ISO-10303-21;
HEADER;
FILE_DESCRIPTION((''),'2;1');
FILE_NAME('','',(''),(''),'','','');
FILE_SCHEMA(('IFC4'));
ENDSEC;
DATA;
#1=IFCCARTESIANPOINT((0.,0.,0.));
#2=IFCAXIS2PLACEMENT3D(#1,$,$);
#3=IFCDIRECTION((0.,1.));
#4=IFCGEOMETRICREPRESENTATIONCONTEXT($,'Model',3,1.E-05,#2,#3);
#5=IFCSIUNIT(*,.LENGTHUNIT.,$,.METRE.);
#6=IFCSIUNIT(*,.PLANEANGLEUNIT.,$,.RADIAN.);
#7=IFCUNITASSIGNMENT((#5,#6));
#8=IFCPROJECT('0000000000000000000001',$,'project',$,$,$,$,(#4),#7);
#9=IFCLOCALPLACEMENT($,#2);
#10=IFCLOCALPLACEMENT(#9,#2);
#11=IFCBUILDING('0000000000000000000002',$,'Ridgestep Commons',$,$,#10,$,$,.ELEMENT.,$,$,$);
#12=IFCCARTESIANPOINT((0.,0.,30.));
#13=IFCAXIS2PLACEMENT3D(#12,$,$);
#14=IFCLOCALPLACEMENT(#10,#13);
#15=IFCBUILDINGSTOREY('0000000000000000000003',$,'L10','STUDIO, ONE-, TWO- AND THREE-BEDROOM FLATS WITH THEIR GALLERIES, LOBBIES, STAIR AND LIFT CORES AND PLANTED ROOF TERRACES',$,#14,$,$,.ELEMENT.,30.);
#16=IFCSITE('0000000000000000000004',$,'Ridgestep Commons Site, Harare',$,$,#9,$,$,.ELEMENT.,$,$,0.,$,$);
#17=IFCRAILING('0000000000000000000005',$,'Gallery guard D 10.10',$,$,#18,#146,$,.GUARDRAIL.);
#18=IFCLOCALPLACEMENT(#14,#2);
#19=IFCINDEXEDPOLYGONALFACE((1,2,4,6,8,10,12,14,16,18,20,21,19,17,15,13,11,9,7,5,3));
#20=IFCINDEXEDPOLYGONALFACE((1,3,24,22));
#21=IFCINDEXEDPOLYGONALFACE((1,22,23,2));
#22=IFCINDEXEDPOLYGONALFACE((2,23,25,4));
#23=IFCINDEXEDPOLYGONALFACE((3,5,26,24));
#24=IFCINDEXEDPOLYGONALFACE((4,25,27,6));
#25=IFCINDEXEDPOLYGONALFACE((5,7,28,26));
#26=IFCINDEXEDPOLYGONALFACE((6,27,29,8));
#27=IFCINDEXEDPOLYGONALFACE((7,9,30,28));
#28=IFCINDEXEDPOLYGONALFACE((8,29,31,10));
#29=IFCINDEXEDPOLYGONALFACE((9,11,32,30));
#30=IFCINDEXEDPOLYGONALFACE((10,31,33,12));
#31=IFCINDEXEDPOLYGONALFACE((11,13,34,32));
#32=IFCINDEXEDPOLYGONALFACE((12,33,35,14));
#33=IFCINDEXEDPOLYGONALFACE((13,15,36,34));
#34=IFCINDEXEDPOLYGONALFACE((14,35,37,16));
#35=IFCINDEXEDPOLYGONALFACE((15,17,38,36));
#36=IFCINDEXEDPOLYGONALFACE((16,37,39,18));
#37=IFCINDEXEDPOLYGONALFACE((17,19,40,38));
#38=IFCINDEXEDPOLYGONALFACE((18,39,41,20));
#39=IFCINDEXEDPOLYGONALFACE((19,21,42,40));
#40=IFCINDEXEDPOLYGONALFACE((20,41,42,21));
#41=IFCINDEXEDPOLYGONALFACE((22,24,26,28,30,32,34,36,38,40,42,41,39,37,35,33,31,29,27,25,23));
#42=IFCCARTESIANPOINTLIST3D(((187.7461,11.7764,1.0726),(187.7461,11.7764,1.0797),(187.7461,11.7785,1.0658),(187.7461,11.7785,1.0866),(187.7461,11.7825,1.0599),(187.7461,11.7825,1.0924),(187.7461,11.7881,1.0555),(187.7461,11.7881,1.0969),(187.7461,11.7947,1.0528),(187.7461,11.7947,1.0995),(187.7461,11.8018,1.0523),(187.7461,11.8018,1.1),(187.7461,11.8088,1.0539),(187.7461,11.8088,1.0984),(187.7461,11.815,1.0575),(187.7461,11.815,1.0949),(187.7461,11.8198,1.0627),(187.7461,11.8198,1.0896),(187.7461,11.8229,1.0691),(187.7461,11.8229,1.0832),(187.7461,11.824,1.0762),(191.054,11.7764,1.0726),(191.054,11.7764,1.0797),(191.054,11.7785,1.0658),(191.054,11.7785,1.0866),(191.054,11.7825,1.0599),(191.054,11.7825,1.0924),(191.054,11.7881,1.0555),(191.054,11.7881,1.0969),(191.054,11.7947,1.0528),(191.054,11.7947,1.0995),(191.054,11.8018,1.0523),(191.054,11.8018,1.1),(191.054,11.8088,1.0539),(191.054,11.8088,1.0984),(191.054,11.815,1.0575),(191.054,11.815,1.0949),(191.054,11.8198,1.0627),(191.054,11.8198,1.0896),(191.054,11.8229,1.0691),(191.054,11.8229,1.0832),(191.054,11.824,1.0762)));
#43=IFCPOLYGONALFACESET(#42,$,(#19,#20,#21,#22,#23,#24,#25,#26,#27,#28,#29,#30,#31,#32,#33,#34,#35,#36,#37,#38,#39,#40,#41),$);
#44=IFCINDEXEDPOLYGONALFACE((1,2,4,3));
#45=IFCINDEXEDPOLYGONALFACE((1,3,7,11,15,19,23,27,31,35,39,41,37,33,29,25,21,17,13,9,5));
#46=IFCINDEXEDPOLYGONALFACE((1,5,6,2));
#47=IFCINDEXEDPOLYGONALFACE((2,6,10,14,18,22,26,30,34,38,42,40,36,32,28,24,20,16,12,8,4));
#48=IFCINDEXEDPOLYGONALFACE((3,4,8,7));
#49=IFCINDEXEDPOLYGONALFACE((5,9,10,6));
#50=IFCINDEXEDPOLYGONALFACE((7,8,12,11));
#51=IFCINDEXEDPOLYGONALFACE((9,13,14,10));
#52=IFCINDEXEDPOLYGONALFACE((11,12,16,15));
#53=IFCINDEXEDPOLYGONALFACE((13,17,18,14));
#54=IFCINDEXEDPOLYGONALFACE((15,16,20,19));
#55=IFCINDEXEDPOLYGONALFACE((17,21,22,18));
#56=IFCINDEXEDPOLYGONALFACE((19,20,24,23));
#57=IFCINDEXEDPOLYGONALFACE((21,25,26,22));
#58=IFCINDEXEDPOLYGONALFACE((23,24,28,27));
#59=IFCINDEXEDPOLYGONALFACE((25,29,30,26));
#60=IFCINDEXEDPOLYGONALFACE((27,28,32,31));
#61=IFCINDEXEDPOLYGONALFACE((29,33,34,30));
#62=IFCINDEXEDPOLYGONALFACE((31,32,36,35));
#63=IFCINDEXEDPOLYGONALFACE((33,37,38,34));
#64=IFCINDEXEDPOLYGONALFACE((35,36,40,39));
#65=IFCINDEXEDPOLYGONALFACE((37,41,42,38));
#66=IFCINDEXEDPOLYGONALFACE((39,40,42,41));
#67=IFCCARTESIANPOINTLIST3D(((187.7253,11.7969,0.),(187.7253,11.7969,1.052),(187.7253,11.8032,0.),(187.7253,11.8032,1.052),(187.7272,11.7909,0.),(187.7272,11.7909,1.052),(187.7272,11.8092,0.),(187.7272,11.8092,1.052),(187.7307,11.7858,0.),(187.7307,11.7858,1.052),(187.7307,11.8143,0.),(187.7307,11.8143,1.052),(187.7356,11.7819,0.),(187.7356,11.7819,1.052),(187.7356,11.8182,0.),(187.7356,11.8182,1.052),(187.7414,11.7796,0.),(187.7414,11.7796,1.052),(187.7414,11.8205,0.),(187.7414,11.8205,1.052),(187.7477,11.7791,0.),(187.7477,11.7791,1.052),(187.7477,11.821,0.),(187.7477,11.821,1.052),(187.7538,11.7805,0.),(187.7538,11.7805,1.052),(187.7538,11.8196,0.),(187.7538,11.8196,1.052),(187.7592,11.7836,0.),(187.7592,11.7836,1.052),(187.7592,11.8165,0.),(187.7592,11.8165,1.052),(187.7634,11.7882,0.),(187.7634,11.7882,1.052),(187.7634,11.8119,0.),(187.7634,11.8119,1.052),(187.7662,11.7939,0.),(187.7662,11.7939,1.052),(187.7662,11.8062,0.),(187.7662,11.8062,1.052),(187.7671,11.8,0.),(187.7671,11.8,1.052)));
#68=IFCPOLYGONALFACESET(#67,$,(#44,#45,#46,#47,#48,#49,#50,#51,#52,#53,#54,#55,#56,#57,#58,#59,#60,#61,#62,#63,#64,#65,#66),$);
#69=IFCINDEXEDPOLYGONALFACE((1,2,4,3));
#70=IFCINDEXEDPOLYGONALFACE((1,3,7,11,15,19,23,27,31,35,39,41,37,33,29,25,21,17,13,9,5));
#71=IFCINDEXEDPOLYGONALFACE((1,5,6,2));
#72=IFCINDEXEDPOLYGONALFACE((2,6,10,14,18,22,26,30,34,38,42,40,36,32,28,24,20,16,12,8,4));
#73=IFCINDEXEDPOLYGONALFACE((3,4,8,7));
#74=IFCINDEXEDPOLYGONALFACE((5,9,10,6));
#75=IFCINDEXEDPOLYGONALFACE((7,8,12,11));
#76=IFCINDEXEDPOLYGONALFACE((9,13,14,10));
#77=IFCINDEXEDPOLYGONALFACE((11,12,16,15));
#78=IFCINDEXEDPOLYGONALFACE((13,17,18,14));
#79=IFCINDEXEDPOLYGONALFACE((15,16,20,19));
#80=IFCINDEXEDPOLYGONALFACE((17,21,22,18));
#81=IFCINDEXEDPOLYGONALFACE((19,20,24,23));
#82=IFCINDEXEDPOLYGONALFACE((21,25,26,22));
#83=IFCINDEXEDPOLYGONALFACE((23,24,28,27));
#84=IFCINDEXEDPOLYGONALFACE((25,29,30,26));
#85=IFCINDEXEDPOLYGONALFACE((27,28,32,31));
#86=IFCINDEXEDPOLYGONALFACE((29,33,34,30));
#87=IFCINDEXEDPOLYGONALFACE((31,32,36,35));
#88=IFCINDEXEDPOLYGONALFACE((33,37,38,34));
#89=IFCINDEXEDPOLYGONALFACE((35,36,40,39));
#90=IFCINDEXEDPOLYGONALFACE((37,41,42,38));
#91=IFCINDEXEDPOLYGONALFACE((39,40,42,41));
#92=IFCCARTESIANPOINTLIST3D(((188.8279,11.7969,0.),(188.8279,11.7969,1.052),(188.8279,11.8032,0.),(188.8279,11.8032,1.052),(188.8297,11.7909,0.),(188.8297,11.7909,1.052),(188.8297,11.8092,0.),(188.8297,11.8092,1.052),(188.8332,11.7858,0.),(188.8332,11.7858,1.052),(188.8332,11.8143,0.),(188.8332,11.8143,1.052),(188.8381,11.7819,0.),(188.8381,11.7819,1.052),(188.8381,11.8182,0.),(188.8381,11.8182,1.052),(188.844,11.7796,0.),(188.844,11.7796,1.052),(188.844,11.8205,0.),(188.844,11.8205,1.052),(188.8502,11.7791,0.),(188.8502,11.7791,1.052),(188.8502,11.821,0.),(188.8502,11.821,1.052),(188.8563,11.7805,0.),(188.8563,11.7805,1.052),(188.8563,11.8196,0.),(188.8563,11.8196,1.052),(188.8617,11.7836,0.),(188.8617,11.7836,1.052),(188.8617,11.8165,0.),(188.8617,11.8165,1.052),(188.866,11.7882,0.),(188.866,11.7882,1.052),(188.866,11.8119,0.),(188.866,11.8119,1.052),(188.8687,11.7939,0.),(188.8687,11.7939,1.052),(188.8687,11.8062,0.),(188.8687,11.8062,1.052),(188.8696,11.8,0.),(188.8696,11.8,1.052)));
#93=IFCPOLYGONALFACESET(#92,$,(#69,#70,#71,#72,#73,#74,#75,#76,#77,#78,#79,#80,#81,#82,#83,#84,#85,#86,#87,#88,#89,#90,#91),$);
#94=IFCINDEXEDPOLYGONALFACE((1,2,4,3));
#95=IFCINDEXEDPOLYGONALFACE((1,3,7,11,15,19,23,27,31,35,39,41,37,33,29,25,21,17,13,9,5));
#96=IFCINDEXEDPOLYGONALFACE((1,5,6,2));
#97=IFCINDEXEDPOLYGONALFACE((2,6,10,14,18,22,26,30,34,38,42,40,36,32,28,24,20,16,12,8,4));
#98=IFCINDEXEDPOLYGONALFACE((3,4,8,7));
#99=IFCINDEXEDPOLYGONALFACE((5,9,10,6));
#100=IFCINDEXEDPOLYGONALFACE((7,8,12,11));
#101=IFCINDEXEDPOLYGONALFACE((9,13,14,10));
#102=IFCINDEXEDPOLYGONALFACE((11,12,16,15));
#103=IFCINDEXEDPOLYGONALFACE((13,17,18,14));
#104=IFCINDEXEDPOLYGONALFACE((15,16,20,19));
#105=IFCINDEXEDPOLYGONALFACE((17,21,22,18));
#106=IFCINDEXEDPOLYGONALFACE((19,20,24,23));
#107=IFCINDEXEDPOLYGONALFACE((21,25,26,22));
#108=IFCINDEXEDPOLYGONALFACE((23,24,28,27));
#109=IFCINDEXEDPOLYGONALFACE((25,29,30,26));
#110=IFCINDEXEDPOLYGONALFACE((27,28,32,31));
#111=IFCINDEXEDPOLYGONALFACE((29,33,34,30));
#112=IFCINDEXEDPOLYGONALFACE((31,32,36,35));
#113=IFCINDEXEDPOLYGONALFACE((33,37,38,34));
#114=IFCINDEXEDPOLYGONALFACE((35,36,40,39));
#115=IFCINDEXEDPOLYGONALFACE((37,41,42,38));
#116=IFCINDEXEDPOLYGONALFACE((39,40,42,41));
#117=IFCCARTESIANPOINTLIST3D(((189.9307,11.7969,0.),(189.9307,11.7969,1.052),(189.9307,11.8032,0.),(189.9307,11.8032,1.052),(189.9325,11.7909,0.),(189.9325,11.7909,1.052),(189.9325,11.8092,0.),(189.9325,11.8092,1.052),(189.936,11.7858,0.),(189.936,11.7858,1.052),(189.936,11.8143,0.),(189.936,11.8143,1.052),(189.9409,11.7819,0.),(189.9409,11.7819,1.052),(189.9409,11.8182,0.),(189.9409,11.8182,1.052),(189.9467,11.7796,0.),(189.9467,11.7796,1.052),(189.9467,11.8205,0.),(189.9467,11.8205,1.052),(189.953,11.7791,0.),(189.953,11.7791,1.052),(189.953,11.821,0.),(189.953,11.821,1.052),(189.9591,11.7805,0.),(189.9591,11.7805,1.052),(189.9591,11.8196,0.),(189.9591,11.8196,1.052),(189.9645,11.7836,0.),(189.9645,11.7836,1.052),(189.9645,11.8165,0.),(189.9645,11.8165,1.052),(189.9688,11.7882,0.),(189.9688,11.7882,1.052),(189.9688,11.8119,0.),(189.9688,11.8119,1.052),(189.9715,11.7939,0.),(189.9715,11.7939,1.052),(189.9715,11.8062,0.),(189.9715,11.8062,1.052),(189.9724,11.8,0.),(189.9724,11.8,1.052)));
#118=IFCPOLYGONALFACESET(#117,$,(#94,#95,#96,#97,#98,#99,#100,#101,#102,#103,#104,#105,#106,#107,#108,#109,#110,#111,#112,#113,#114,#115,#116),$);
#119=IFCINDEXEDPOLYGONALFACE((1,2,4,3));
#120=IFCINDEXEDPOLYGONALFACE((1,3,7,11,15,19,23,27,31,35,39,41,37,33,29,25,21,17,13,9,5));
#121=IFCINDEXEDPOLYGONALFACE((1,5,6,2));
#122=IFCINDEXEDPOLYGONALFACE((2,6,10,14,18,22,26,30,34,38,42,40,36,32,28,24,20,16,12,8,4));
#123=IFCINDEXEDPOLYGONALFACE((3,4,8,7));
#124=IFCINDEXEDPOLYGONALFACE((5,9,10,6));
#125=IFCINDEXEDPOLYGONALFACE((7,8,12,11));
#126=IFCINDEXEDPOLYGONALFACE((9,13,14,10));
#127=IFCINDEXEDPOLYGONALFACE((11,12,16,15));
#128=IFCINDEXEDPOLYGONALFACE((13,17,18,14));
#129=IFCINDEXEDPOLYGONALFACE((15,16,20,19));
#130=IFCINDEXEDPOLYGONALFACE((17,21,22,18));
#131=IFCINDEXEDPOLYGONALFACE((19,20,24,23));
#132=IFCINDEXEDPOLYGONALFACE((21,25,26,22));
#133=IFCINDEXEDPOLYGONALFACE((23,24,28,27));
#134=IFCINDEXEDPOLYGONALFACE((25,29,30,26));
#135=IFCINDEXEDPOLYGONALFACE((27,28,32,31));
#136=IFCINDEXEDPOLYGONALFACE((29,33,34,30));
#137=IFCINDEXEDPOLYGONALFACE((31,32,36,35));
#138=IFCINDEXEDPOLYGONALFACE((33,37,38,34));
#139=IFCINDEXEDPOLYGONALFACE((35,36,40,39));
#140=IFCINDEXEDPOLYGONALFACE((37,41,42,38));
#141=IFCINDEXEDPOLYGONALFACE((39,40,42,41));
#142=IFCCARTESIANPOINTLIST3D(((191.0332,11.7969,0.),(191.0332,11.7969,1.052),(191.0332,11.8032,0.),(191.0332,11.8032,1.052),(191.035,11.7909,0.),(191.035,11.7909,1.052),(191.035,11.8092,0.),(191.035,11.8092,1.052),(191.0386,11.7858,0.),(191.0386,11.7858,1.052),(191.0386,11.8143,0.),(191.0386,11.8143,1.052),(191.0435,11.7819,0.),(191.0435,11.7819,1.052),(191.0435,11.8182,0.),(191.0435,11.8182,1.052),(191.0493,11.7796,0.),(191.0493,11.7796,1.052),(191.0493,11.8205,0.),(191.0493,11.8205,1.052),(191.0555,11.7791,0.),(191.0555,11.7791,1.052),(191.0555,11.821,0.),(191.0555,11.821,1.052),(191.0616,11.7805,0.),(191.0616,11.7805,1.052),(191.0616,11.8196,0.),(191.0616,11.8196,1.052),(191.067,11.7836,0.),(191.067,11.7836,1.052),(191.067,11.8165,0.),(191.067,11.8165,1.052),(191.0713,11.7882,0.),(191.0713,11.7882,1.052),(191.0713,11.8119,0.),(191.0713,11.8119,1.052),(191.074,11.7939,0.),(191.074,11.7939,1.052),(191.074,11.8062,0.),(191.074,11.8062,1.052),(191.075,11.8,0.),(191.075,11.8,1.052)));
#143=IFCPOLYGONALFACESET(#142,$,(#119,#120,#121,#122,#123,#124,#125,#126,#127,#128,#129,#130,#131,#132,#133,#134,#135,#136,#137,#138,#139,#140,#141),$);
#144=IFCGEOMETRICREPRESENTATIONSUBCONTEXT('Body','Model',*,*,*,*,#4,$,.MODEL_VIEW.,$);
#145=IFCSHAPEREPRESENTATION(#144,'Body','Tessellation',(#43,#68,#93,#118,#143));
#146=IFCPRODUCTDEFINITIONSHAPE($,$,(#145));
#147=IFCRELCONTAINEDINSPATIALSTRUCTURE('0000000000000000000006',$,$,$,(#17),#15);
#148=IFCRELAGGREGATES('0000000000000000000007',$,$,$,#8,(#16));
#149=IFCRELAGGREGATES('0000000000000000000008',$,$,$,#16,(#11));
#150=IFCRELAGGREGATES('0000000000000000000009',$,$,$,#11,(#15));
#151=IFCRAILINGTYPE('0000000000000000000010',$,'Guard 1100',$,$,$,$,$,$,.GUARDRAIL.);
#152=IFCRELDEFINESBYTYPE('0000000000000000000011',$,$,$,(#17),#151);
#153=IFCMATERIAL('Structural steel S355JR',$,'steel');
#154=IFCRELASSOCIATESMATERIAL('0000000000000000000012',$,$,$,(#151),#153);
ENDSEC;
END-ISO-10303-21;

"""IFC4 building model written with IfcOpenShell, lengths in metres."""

from ifc_helpers import new_model, si_unit, direction, frame, origin, origin_2d, place, context, subcontext, project, spatial, circle, extrude, material, type_object, element, save


model = new_model("IFC4")

# Units and contexts
model_context = context("Model", 3, precision=1e-05, world=origin(), true_north=direction((0.0, 1.0)))
body_context = subcontext(model_context, "Body", "Model", "MODEL_VIEW")
ifc_project = project(units=[si_unit("LENGTHUNIT", "METRE"), si_unit("PLANEANGLEUNIT", "RADIAN")], contexts=[model_context])

# Site, building, storey
site_placement = place(None, origin())
site = spatial("IfcSite", under=ifc_project, at=site_placement, Name="Ridgestep Commons Site, Harare", CompositionType="ELEMENT", RefElevation=0.0)
building_placement = place(site_placement, origin())
building = spatial("IfcBuilding", under=site, at=building_placement, Name="Ridgestep Commons", CompositionType="ELEMENT")
storey_placement = place(building_placement, frame((0.0, 0.0, 30.0)))
storey = spatial("IfcBuildingStorey", under=building, at=storey_placement, Name="L10", Description="STUDIO, ONE-, TWO- AND THREE-BEDROOM FLATS WITH THEIR GALLERIES, LOBBIES, STAIR AND LIFT CORES AND PLANTED ROOF TERRACES", CompositionType="ELEMENT", Elevation=30.0)

# Railing
ifc_material_1 = material(Name="Structural steel S355JR", Category="steel")
railing_type = type_object("IfcRailingType", Name="Guard 1100", PredefinedType="GUARDRAIL", material=ifc_material_1)
railing_1_placement = place(storey_placement, frame((187.7461, 11.8, 0.0)))
element("IfcRailing", 1, at=railing_1_placement, inside=storey, type_object=railing_type, Name="Gallery guard D 10.10", PredefinedType="GUARDRAIL", context=body_context, shape_type="SweptSolid", body=[
    extrude(circle(Radius=0.0239, at=origin_2d()), frame((0.0, 0.0, 1.0762), z_axis=(1.0, 0.0, 0.0), x_axis=(0.0, 1.0, 0.0)), (0.0, 0.0, 1.0), 3.3079),
    extrude(circle(Radius=0.021, at=origin_2d()), origin(), (0.0, 0.0, 1.0), 1.052),
    extrude(circle(Radius=0.021, at=origin_2d()), frame((1.1025, 0.0, 0.0)), (0.0, 0.0, 1.0), 1.052),
    extrude(circle(Radius=0.021, at=origin_2d()), frame((2.2053, 0.0, 0.0)), (0.0, 0.0, 1.0), 1.052),
    extrude(circle(Radius=0.021, at=origin_2d()), frame((3.3079, 0.0, 0.0)), (0.0, 0.0, 1.0), 1.052),
])

save(model, "model.ifc")
